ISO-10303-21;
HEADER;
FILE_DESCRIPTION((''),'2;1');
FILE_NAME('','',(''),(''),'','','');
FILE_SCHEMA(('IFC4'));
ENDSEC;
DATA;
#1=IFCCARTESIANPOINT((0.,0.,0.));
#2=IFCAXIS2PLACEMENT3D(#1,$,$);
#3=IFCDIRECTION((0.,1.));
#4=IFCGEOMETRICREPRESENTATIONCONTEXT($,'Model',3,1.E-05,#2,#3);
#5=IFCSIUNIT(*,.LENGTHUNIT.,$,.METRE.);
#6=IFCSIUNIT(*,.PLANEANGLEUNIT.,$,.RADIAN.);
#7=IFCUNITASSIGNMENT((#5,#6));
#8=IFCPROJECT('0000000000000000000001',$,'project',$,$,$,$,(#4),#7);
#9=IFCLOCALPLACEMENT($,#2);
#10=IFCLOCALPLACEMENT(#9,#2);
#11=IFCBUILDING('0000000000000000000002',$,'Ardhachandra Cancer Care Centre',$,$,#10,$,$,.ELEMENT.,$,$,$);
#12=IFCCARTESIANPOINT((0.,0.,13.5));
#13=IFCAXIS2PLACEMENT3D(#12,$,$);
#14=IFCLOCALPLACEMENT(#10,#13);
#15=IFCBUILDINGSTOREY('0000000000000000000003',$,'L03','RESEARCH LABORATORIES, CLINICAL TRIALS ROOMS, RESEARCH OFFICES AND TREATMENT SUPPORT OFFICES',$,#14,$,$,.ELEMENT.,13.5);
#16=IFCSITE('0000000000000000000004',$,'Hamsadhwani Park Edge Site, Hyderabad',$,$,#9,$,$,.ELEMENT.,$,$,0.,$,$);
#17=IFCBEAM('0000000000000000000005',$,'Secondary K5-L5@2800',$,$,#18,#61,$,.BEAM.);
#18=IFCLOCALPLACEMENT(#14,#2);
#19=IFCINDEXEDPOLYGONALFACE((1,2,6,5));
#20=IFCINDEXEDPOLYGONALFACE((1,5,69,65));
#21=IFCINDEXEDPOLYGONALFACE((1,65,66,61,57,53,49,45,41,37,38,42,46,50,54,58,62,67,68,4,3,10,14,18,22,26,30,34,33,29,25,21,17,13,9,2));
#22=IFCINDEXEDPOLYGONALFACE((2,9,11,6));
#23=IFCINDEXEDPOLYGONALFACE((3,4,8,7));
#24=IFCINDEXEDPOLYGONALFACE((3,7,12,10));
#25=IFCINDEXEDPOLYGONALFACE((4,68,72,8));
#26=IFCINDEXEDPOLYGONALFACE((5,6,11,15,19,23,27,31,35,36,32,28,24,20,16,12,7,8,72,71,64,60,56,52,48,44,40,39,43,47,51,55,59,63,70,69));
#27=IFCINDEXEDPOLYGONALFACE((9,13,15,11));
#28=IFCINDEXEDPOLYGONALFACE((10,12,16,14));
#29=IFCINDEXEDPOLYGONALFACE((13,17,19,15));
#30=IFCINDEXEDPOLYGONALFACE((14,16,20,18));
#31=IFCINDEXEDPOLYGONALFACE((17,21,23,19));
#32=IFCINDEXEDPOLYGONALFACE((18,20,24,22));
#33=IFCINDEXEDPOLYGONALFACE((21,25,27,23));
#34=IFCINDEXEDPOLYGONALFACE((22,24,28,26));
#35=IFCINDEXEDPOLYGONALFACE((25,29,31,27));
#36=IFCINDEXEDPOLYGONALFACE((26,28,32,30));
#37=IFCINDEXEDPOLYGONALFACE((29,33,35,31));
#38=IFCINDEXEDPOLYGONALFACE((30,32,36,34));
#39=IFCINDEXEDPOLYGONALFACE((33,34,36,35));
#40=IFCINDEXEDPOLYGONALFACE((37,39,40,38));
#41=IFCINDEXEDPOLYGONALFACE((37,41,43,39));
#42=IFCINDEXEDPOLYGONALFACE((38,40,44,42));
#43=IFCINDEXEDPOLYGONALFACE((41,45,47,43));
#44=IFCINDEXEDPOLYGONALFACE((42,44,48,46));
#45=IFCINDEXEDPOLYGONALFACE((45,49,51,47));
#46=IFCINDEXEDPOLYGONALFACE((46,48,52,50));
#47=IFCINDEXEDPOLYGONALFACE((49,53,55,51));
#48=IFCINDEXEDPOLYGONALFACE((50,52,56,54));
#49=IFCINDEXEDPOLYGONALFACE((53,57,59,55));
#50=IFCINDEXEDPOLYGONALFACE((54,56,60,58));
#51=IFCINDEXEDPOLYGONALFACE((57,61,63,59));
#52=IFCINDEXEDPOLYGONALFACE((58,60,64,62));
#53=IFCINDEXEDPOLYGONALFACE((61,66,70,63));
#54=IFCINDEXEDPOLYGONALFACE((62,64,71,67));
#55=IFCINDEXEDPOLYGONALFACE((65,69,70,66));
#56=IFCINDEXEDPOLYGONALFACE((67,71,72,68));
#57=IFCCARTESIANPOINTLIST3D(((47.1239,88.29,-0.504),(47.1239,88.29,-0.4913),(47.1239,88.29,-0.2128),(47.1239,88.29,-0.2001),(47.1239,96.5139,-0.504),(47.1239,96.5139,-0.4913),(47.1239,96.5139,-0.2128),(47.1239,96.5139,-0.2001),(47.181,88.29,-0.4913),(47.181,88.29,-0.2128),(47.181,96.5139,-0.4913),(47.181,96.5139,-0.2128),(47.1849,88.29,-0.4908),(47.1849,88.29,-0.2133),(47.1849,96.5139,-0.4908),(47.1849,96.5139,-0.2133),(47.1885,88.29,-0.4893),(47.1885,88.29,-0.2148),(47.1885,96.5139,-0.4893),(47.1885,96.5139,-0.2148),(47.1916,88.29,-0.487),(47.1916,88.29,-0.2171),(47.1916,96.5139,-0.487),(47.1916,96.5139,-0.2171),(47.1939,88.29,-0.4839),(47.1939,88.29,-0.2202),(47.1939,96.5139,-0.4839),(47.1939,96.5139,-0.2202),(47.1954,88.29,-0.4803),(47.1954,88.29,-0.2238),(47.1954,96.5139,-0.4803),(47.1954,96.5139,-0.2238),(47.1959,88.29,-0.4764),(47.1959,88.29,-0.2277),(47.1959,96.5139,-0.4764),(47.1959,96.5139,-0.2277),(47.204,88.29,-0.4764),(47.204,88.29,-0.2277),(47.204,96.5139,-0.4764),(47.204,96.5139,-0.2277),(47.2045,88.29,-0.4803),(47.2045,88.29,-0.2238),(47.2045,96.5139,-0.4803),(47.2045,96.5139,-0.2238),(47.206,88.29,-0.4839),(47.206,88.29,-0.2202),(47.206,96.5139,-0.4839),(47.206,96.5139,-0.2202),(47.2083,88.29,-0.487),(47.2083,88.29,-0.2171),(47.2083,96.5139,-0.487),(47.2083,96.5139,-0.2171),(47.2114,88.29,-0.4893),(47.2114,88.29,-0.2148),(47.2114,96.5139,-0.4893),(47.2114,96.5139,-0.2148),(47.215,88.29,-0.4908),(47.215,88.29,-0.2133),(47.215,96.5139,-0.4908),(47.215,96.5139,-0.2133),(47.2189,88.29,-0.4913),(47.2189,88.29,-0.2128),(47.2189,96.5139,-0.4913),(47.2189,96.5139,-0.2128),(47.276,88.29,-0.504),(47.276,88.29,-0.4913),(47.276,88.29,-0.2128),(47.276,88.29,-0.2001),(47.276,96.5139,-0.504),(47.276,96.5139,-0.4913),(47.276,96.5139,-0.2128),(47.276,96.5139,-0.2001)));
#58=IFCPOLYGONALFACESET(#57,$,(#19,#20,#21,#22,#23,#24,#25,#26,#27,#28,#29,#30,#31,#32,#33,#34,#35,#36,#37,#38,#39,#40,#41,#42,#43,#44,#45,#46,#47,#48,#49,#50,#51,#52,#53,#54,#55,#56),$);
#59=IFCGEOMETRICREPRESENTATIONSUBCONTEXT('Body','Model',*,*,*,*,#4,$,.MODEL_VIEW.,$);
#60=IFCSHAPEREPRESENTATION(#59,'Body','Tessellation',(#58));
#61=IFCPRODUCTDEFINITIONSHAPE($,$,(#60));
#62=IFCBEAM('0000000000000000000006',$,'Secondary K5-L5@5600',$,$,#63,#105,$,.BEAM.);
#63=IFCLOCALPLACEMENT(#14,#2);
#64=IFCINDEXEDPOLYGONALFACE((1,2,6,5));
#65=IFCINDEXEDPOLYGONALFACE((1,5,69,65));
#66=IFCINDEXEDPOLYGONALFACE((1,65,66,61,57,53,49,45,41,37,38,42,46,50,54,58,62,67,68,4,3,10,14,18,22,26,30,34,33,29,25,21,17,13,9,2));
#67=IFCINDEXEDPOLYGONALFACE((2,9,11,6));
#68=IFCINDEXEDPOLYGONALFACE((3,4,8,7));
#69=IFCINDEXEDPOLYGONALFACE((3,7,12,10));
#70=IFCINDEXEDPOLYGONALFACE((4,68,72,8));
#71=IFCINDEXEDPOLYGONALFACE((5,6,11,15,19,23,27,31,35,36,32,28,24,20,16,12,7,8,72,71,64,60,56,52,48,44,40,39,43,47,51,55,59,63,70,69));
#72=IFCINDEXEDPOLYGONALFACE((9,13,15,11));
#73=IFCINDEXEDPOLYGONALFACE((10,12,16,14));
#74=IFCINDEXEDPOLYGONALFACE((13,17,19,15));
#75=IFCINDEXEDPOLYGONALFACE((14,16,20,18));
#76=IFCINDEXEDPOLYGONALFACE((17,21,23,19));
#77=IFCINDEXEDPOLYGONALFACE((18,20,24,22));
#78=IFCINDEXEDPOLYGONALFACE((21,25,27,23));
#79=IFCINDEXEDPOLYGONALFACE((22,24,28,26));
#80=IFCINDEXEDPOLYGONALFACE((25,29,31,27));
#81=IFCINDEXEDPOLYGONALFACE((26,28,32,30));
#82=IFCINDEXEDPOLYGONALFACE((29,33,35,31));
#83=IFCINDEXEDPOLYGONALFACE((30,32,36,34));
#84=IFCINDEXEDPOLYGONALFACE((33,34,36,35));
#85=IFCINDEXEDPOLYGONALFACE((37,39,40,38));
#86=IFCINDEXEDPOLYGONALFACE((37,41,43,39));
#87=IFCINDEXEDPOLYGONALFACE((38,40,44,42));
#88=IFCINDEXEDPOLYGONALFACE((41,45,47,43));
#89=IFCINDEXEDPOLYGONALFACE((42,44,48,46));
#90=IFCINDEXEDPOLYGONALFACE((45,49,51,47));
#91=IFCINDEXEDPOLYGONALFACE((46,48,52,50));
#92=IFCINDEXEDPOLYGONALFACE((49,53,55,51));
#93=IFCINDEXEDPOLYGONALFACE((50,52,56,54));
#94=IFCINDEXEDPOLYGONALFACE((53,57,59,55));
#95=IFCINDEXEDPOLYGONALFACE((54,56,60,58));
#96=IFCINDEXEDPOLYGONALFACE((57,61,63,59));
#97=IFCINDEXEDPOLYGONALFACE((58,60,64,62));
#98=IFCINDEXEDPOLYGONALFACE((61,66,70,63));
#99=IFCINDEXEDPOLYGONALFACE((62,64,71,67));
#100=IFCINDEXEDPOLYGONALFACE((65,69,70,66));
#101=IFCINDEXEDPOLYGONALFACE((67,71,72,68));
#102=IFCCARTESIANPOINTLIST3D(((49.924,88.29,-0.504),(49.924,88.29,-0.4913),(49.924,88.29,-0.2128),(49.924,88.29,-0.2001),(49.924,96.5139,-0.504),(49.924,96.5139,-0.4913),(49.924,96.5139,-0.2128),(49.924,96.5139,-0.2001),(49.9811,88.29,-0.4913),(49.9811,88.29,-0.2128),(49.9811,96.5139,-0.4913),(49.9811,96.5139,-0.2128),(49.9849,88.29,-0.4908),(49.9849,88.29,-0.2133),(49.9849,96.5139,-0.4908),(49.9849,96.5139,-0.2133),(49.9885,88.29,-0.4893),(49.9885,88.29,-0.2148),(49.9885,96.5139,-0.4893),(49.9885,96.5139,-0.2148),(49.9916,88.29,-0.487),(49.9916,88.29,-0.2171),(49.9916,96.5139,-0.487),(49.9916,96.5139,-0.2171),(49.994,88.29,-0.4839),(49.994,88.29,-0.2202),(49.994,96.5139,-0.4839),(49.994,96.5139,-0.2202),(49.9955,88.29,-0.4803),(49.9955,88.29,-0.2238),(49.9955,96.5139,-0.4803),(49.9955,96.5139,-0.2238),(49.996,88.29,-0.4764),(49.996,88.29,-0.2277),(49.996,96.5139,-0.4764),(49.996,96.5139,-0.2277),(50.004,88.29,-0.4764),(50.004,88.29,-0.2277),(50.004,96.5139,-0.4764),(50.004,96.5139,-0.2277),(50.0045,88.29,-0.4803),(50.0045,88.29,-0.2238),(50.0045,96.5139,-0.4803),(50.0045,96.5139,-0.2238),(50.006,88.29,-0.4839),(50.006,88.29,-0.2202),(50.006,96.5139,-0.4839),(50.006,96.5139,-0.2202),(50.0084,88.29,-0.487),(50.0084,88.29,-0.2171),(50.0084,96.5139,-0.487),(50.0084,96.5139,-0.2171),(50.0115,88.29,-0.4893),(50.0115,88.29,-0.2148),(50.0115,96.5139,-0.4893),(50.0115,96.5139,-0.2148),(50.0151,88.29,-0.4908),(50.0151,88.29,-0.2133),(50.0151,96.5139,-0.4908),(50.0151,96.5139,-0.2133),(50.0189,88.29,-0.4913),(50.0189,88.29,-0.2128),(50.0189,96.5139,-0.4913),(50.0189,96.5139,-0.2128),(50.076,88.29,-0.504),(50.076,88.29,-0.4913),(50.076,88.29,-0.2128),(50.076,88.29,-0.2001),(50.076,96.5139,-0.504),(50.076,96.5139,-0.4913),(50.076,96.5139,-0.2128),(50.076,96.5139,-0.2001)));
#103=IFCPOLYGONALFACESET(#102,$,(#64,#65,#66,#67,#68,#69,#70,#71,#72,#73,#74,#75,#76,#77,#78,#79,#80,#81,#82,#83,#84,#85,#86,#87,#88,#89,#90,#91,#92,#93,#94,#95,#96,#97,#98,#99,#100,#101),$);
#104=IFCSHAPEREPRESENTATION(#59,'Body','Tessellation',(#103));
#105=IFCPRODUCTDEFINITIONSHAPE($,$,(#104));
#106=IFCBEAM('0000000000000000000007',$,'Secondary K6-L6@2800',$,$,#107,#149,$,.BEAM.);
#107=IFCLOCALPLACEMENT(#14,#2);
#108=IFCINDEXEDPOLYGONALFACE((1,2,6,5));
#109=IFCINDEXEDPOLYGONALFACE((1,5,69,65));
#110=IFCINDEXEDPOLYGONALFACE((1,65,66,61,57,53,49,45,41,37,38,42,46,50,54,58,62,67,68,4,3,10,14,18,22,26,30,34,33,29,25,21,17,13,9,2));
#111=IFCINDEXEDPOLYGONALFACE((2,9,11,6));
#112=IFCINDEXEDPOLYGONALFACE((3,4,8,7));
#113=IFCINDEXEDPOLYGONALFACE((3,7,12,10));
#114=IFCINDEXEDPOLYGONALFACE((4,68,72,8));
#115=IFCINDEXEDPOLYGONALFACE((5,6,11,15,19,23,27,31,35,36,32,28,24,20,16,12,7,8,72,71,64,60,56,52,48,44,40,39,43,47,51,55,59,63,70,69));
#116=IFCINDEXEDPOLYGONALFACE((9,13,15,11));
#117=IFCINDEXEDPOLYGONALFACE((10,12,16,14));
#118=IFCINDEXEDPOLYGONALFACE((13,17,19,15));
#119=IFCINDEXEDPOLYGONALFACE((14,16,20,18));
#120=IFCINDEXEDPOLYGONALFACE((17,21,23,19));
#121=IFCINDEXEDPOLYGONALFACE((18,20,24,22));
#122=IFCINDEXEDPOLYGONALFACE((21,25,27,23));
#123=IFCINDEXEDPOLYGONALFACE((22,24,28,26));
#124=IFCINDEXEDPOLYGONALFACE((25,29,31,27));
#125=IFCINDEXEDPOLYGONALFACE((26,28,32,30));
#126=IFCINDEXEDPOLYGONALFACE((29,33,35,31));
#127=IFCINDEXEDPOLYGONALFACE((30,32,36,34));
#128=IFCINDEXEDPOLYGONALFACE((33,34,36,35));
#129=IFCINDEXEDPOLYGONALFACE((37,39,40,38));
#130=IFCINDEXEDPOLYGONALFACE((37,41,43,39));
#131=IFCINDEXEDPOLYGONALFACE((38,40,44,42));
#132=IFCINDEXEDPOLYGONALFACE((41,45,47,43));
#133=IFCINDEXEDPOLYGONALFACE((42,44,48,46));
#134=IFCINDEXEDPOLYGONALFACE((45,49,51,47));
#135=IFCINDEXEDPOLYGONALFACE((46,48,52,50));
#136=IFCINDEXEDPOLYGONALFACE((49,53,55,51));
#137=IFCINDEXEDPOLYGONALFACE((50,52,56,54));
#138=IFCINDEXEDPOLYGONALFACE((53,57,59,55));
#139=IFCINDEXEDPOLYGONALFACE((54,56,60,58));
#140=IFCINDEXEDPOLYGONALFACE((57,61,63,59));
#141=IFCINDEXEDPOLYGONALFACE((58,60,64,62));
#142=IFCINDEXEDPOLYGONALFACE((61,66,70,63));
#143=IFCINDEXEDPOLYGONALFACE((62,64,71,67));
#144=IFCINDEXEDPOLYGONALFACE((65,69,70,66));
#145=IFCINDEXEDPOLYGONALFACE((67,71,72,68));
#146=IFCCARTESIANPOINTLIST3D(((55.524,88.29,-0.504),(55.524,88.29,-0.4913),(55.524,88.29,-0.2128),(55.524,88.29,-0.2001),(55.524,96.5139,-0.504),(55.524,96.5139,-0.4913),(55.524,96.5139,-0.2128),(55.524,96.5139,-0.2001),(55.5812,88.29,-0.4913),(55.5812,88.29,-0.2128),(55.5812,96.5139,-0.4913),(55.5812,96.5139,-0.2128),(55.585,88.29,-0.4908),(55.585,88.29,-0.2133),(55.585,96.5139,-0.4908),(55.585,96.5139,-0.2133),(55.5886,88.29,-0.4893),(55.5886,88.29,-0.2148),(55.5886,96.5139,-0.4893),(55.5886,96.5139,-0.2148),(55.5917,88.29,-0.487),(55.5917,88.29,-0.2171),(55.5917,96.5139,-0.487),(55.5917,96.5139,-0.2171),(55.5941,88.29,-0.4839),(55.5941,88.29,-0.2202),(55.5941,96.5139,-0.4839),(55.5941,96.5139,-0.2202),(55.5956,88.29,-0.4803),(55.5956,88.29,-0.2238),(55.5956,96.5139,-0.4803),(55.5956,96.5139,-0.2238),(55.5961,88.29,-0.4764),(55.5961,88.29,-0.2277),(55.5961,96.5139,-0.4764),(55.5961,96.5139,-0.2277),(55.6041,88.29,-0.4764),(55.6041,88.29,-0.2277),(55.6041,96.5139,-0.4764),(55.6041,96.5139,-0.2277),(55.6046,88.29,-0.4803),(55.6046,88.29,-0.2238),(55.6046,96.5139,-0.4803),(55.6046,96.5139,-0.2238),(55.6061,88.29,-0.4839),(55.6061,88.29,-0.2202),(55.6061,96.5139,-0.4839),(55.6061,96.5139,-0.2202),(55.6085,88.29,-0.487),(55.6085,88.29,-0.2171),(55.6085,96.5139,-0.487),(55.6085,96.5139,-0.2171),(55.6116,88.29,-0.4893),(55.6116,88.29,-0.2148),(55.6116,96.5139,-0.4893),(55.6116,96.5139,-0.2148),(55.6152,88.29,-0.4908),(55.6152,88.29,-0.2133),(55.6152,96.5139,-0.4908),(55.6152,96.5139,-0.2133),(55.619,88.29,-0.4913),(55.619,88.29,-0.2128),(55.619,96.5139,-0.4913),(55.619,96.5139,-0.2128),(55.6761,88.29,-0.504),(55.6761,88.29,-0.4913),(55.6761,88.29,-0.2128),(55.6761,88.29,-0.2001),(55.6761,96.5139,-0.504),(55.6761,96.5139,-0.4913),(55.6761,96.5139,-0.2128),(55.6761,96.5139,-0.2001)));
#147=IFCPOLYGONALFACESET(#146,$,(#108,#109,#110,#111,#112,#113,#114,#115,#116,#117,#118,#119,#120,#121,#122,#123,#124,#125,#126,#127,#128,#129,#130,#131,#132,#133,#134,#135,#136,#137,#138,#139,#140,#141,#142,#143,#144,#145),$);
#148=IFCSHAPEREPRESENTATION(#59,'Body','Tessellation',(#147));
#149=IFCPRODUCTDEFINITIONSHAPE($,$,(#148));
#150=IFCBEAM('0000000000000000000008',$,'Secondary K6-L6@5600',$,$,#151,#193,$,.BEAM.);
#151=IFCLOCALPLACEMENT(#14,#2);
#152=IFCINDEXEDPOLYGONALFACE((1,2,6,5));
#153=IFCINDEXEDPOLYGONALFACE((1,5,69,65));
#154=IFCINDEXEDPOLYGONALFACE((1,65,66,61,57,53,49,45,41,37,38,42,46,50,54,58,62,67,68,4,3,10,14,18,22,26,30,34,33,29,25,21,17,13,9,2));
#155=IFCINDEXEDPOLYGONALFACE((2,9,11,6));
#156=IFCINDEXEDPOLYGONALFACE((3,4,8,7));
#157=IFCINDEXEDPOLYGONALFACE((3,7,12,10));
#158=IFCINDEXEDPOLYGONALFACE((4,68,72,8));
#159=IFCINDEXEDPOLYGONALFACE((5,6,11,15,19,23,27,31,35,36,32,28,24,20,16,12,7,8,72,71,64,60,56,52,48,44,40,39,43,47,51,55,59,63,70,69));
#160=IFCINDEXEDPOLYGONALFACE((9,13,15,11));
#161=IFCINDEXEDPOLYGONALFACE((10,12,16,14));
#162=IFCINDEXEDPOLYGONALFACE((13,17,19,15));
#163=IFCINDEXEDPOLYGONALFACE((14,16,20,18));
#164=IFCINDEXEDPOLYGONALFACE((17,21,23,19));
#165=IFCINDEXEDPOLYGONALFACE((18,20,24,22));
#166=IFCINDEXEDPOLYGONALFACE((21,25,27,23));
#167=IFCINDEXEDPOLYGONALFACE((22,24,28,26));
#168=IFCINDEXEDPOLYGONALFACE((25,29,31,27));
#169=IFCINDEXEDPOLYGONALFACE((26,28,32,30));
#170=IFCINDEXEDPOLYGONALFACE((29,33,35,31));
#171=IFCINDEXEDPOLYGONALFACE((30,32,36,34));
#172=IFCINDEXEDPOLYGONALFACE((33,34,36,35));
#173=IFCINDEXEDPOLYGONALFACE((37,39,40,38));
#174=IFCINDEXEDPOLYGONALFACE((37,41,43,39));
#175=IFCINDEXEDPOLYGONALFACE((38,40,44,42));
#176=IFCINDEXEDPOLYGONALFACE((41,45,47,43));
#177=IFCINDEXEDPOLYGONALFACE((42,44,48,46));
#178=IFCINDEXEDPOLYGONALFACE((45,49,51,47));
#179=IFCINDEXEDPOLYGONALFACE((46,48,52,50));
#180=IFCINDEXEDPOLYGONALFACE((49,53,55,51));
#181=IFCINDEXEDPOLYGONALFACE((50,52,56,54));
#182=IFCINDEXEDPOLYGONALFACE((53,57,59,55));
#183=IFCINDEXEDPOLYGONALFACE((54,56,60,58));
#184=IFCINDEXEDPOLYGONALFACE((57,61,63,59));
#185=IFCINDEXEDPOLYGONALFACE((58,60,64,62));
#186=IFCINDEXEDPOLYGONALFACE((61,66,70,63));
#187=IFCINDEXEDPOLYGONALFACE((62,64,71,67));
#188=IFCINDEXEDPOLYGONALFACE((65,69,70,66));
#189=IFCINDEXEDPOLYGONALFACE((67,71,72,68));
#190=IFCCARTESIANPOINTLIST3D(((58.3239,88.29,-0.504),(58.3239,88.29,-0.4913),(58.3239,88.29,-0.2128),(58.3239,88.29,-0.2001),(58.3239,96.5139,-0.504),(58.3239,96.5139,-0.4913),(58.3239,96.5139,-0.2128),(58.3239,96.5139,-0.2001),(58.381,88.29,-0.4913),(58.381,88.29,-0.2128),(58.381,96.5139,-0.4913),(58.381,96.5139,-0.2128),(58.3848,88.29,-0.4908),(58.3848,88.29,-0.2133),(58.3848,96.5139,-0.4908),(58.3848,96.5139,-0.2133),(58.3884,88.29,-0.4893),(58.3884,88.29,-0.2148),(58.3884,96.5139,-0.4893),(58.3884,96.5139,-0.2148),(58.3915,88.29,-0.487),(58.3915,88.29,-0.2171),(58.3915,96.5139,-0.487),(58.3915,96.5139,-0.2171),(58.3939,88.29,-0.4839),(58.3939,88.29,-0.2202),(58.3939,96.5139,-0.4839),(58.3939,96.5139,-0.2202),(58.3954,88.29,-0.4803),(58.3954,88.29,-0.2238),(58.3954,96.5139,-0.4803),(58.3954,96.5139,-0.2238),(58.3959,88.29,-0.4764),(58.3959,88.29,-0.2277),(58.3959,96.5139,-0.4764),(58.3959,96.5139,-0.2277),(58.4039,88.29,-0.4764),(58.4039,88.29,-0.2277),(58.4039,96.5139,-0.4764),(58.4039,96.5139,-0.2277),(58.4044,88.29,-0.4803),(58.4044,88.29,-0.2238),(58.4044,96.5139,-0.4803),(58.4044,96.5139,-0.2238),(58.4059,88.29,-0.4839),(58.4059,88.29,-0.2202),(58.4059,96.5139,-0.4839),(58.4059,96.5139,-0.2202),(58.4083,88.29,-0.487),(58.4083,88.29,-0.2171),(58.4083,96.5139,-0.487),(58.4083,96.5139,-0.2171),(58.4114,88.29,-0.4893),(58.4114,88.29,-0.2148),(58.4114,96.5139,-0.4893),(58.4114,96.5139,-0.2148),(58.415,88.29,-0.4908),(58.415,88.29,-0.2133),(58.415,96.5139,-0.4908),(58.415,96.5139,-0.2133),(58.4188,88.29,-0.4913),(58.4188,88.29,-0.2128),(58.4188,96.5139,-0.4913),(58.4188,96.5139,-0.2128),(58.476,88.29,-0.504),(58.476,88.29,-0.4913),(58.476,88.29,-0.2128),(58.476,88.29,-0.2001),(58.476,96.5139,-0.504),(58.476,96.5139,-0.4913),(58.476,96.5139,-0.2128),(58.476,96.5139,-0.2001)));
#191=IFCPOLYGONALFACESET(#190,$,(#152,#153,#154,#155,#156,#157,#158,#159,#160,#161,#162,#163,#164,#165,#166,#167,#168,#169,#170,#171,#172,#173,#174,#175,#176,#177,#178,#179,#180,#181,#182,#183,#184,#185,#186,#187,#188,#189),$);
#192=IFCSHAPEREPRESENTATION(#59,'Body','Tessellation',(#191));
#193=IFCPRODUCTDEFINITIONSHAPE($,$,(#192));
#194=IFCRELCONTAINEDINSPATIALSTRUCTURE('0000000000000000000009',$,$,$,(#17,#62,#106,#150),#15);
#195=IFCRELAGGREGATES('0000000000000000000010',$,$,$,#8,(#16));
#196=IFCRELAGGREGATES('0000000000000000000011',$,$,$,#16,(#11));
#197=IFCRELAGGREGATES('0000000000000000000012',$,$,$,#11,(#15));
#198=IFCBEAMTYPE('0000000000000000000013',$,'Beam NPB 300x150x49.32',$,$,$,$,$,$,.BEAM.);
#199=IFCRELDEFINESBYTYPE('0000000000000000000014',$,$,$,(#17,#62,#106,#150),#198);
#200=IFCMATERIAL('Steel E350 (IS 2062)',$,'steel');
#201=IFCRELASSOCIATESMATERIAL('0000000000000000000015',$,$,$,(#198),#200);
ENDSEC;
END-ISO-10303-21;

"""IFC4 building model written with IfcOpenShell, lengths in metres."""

from ifc_helpers import new_model, si_unit, direction, frame, origin, origin_2d, place, context, subcontext, project, spatial, i_section, extrude, material, material_profile, profile_set, type_object, element, save


model = new_model("IFC4")

# Units and contexts
model_context = context("Model", 3, precision=1e-05, world=origin(), true_north=direction((0.0, 1.0)))
body_context = subcontext(model_context, "Body", "Model", "MODEL_VIEW")
ifc_project = project(units=[si_unit("LENGTHUNIT", "METRE"), si_unit("PLANEANGLEUNIT", "RADIAN")], contexts=[model_context])

# Site, building, storey
site_placement = place(None, origin())
site = spatial("IfcSite", under=ifc_project, at=site_placement, Name="Hamsadhwani Park Edge Site, Hyderabad", CompositionType="ELEMENT", RefElevation=0.0)
building_placement = place(site_placement, origin())
building = spatial("IfcBuilding", under=site, at=building_placement, Name="Ardhachandra Cancer Care Centre", CompositionType="ELEMENT")
storey_placement = place(building_placement, frame((0.0, 0.0, 13.5)))
storey = spatial("IfcBuildingStorey", under=building, at=storey_placement, Name="L03", Description="RESEARCH LABORATORIES, CLINICAL TRIALS ROOMS, RESEARCH OFFICES AND TREATMENT SUPPORT OFFICES", CompositionType="ELEMENT", Elevation=13.5)

# Beams
ifc_material_1 = material(Name="Steel E350 (IS 2062)", Category="steel")
ifc_material_profile_1 = material_profile(ifc_material_1, i_section(OverallWidth=0.1521, OverallDepth=0.304, WebThickness=0.0081, FlangeThickness=0.0127, FilletRadius=0.0149, at=origin_2d()), Name="NPB 300x150x49.32")
ifc_profile_set_1 = profile_set([ifc_material_profile_1], Name="Steel E350 (IS 2062)")
beam_type_1 = type_object("IfcBeamType", Name="Beam NPB 300x150x49.32", PredefinedType="BEAM", material=ifc_profile_set_1)
for number, where, z_axis, x_axis, name in (
    (1, (47.2, 88.29, -0.3521), (0.0, 1.0, 0.0), (-1.0, 0.0, 0.0), "Secondary K5-L5@2800"),
    (2, (50.0, 88.29, -0.3521), (0.0, 1.0, 0.0), (-1.0, 0.0, 0.0), "Secondary K5-L5@5600"),
    (3, (55.6001, 88.29, -0.3521), (0.0, 1.0, 0.0), (-1.0, 0.0, 0.0), "Secondary K6-L6@2800"),
    (4, (58.3999, 88.29, -0.3521), (0.0, 1.0, 0.0), (-1.0, 0.0, 0.0), "Secondary K6-L6@5600"),
):
    element("IfcBeam", number, at=place(storey_placement, frame(where, z_axis=z_axis, x_axis=x_axis)), inside=storey, type_object=beam_type_1, Name=name, PredefinedType="BEAM", context=body_context, shape_type="SweptSolid", body=[
        extrude(i_section(OverallWidth=0.1521, OverallDepth=0.304, WebThickness=0.0081, FlangeThickness=0.0127, FilletRadius=0.0149, at=origin_2d()), origin(), (0.0, 0.0, 1.0), 8.2239),
    ])

save(model, "model.ifc")
